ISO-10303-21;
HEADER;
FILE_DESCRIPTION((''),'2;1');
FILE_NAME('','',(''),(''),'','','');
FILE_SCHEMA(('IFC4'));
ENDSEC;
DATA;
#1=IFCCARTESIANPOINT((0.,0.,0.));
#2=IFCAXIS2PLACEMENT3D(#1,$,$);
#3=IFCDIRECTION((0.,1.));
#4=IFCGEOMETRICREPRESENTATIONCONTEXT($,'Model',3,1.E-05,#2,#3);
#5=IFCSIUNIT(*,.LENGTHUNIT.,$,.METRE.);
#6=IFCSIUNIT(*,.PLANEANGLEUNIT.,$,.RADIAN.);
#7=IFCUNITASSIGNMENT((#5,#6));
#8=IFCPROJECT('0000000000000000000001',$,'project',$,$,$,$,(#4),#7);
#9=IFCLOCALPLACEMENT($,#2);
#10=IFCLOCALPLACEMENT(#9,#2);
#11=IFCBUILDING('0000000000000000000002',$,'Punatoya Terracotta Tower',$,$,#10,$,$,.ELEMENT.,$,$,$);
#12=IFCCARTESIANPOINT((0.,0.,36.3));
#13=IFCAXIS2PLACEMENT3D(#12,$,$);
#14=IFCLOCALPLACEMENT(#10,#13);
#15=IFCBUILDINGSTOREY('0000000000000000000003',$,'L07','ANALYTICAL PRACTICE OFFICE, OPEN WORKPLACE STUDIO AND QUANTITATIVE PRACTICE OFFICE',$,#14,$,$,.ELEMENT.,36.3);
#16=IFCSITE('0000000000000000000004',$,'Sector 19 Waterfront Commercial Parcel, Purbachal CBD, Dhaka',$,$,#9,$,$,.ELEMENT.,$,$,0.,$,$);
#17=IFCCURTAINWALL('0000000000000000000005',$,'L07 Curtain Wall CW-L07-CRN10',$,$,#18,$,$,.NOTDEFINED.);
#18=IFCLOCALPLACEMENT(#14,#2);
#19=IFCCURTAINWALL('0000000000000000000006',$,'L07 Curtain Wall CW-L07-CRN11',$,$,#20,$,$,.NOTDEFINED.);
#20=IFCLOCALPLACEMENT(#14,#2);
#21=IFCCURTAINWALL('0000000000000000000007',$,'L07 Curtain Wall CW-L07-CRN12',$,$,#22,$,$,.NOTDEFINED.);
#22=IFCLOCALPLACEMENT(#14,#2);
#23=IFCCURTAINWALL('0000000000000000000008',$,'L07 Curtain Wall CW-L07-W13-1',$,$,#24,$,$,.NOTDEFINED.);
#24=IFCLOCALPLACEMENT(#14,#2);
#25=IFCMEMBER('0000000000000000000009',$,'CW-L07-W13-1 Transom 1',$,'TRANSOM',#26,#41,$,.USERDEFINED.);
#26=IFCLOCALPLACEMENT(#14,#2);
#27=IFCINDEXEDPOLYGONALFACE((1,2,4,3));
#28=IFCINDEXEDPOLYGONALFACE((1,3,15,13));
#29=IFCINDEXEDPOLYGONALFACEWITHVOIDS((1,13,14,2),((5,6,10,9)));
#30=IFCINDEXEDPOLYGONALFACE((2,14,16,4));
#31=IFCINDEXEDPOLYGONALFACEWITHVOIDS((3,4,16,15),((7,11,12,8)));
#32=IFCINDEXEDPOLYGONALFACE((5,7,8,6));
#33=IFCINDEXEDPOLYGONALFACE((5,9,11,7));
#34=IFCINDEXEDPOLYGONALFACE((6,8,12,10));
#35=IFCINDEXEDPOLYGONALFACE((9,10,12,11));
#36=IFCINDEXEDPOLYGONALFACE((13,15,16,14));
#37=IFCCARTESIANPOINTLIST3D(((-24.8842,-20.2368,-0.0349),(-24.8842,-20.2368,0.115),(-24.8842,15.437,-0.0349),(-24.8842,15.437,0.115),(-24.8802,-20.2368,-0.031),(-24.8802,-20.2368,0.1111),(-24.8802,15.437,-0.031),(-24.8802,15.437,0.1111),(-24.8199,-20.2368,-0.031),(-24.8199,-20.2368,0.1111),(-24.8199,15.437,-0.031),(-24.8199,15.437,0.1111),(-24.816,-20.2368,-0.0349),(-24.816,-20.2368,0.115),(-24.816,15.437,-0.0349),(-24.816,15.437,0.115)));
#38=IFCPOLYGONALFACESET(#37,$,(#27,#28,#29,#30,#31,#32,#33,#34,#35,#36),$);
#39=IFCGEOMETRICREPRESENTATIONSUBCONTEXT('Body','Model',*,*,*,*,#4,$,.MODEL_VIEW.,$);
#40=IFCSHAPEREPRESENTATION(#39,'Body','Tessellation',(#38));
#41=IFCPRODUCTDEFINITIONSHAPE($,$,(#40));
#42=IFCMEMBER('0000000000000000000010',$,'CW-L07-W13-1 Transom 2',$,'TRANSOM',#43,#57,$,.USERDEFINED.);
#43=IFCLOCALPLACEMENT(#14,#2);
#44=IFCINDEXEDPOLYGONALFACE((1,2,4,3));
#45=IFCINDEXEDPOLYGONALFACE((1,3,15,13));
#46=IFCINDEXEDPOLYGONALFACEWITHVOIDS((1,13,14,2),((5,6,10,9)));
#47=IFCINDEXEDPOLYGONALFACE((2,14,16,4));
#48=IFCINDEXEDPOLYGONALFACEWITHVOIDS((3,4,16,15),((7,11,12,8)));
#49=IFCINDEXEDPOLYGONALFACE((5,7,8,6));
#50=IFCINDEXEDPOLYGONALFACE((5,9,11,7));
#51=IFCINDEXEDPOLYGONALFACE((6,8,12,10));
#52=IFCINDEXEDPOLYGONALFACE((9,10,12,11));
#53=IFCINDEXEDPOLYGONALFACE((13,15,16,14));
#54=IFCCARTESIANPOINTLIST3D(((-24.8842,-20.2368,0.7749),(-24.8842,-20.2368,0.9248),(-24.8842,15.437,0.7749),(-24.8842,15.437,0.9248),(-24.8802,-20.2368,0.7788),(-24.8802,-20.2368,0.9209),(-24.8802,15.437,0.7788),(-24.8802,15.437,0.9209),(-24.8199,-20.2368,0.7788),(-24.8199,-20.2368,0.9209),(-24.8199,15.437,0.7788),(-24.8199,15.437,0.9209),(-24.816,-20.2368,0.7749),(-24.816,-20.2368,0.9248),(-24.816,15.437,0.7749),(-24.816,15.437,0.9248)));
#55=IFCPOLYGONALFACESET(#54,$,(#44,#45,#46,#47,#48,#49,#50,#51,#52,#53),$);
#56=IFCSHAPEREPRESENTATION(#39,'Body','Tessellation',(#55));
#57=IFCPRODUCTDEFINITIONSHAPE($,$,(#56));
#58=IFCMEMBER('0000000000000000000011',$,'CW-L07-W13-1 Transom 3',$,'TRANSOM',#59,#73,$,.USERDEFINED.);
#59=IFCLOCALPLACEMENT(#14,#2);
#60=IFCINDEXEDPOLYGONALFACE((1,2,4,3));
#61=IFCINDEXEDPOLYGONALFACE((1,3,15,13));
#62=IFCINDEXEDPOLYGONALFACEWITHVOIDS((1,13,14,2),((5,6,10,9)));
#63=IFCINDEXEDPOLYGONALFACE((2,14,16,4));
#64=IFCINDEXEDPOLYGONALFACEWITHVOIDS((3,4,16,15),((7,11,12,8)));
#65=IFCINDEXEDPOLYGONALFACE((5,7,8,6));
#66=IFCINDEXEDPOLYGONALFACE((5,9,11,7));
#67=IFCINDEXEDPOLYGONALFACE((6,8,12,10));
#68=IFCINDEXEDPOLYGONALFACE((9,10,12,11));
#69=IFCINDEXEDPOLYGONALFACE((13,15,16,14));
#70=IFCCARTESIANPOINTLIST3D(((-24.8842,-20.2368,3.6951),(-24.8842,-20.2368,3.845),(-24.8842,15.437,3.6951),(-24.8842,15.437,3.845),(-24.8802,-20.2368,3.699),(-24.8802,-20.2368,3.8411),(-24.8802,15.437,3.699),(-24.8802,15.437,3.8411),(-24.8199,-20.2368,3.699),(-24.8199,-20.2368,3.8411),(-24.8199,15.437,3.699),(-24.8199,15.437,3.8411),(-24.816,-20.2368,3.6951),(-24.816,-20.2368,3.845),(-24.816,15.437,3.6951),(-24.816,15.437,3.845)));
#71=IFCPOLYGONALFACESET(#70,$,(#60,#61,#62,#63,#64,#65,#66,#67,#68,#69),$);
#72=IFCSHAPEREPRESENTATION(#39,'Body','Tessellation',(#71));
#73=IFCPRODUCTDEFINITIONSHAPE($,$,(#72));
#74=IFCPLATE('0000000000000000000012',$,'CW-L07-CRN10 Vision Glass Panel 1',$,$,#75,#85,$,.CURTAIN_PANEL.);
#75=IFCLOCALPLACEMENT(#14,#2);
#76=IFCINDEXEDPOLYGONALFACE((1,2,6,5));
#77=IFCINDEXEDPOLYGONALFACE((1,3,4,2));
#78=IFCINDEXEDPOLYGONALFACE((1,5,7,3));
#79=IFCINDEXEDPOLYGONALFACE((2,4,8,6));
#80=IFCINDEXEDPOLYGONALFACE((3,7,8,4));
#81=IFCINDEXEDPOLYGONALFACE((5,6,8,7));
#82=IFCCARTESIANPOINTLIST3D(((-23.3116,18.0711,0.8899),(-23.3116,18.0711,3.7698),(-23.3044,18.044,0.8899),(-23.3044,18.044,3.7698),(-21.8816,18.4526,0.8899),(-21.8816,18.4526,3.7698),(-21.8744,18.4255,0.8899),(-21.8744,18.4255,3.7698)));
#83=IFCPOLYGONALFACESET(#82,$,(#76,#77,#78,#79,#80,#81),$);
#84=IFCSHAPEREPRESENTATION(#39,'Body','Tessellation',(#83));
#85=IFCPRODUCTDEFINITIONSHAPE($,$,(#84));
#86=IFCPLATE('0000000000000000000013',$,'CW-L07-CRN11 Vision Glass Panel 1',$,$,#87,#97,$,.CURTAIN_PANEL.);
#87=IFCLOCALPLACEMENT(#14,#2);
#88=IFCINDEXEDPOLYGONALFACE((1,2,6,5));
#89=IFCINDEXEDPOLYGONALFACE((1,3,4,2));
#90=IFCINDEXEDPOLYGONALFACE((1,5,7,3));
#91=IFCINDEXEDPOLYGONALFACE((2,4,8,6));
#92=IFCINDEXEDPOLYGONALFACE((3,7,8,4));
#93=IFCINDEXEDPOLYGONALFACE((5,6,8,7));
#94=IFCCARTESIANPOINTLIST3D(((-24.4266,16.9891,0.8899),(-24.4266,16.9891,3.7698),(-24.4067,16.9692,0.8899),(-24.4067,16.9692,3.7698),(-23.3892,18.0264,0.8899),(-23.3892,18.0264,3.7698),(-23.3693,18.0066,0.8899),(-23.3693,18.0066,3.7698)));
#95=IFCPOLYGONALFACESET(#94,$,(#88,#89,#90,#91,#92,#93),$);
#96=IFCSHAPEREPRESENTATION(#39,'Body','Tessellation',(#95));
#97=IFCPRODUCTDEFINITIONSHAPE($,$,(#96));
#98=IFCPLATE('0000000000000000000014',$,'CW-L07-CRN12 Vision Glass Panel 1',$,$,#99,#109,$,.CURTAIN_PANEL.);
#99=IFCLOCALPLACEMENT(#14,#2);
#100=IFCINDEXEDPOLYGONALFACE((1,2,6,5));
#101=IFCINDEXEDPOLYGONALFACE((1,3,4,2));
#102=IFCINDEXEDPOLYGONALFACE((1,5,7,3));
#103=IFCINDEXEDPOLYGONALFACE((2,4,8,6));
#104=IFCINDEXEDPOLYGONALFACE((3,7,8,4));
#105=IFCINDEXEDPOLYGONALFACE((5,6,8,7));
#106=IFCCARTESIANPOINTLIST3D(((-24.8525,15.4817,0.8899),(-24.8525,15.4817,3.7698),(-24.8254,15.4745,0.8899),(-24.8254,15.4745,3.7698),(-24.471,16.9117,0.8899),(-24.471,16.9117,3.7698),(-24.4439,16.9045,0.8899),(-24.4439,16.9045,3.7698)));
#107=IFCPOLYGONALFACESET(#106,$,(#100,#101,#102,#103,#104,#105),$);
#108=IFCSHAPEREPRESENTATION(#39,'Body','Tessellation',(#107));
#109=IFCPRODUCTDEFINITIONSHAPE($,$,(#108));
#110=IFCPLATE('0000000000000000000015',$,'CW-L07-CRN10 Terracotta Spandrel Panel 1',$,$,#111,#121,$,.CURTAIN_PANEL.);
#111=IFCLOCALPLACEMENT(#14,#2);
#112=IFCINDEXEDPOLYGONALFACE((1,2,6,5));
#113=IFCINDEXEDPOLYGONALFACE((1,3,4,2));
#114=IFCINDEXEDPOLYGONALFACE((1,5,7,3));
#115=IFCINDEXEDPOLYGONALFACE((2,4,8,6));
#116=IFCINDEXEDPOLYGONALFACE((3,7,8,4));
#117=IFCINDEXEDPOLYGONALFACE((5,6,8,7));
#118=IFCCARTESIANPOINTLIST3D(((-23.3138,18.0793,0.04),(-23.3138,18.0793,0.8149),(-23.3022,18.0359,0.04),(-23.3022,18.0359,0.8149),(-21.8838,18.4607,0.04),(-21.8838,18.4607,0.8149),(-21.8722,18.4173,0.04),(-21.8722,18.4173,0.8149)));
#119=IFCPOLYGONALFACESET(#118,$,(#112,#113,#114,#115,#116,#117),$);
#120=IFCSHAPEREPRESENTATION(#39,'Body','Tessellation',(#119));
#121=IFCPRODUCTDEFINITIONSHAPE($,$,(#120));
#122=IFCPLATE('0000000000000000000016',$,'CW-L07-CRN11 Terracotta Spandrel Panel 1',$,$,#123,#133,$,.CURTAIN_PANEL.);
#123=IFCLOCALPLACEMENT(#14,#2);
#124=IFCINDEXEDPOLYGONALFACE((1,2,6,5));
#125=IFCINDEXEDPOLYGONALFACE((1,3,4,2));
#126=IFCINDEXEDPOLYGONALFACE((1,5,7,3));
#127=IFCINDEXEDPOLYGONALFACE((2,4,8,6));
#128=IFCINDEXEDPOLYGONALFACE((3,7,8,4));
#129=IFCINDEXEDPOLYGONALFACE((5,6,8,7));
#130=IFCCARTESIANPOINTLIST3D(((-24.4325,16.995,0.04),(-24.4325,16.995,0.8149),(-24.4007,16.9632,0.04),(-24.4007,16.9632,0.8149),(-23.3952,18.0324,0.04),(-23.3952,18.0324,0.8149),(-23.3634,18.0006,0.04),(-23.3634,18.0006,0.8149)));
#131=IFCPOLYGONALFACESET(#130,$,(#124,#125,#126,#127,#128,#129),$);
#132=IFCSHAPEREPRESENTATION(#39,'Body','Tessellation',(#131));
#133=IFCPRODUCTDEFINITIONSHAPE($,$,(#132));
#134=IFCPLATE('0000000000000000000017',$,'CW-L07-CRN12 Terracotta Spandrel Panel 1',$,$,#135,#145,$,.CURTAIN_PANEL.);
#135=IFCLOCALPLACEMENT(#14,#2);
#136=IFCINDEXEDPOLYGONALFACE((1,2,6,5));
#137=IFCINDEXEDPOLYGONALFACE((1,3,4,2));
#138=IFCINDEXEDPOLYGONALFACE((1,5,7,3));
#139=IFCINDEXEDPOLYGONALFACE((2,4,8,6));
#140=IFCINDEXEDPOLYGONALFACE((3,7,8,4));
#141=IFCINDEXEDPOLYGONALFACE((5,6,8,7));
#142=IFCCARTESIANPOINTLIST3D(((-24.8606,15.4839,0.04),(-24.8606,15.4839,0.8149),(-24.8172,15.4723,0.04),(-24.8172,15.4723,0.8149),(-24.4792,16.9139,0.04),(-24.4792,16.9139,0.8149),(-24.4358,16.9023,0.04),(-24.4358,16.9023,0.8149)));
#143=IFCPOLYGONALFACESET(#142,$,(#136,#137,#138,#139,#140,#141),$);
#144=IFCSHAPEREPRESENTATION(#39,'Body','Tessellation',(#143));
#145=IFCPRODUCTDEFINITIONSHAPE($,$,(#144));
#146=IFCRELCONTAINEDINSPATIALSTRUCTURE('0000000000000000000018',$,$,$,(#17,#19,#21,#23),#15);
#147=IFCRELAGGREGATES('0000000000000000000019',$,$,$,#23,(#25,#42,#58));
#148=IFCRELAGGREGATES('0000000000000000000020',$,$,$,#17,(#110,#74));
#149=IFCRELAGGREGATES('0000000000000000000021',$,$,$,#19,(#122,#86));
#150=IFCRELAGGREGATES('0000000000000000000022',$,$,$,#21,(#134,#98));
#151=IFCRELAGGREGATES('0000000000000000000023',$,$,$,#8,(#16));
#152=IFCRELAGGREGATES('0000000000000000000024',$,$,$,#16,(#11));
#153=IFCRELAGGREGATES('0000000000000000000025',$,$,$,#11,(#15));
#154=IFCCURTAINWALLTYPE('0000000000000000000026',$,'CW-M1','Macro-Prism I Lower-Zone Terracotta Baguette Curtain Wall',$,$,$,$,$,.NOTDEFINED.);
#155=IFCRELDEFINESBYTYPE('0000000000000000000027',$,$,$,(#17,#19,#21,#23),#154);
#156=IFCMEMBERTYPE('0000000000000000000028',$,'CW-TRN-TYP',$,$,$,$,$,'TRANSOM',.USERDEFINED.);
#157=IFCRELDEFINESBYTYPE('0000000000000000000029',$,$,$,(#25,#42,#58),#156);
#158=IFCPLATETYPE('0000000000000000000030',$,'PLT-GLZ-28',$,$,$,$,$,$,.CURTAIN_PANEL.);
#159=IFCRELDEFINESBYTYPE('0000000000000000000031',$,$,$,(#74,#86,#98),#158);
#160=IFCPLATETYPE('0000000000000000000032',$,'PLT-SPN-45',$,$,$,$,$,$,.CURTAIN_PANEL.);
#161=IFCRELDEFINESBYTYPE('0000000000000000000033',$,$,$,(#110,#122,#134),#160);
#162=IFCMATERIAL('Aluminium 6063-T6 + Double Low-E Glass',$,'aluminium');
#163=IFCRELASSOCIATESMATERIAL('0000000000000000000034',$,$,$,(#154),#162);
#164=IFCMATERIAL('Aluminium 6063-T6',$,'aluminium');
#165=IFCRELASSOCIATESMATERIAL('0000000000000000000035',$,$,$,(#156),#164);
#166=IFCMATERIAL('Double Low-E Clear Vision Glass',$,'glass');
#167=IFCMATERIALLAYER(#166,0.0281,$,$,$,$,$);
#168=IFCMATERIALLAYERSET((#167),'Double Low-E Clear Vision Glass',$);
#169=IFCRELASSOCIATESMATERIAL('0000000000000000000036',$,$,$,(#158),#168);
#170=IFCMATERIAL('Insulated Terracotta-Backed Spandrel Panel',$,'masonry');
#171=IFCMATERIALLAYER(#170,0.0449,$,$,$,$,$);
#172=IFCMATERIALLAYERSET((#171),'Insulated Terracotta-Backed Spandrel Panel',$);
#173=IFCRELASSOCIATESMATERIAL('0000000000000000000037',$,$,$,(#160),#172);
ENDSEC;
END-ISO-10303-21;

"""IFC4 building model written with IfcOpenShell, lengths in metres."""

from ifc_helpers import new_model, si_unit, direction, frame, origin, origin_2d, place, context, subcontext, project, spatial, rectangle, hollow_rectangle, extrude, material, layer, layer_set, material_profile, profile_set, type_object, element, aggregate, save


model = new_model("IFC4")

# Units and contexts
model_context = context("Model", 3, precision=1e-05, world=origin(), true_north=direction((0.0, 1.0)))
body_context = subcontext(model_context, "Body", "Model", "MODEL_VIEW")
ifc_project = project(units=[si_unit("LENGTHUNIT", "METRE"), si_unit("PLANEANGLEUNIT", "RADIAN")], contexts=[model_context])

# Site, building, storey
site_placement = place(None, origin())
site = spatial("IfcSite", under=ifc_project, at=site_placement, Name="Sector 19 Waterfront Commercial Parcel, Purbachal CBD, Dhaka", CompositionType="ELEMENT", RefElevation=0.0)
building_placement = place(site_placement, origin())
building = spatial("IfcBuilding", under=site, at=building_placement, Name="Punatoya Terracotta Tower", CompositionType="ELEMENT")
storey_placement = place(building_placement, frame((0.0, 0.0, 36.3)))
storey = spatial("IfcBuildingStorey", under=building, at=storey_placement, Name="L07", Description="ANALYTICAL PRACTICE OFFICE, OPEN WORKPLACE STUDIO AND QUANTITATIVE PRACTICE OFFICE", CompositionType="ELEMENT", Elevation=36.3)

# Curtain walls
ifc_material_1 = material(Name="Aluminium 6063-T6 + Double Low-E Glass", Category="aluminium")
curtain_wall_type = type_object("IfcCurtainWallType", Name="CW-M1", Description="Macro-Prism I Lower-Zone Terracotta Baguette Curtain Wall", PredefinedType="NOTDEFINED", material=ifc_material_1)
curtain_wall_1_placement = place(storey_placement, origin())
curtain_wall_1 = element("IfcCurtainWall", 1, at=curtain_wall_1_placement, inside=storey, type_object=curtain_wall_type, Name="L07 Curtain Wall CW-L07-CRN10", PredefinedType="NOTDEFINED")
ifc_material_2 = material(Name="Aluminium 6063-T6", Category="aluminium")
curtain_wall_2_placement = place(storey_placement, origin())
curtain_wall_2 = element("IfcCurtainWall", 2, at=curtain_wall_2_placement, inside=storey, type_object=curtain_wall_type, Name="L07 Curtain Wall CW-L07-CRN11", PredefinedType="NOTDEFINED")
curtain_wall_3_placement = place(storey_placement, origin())
curtain_wall_3 = element("IfcCurtainWall", 3, at=curtain_wall_3_placement, inside=storey, type_object=curtain_wall_type, Name="L07 Curtain Wall CW-L07-CRN12", PredefinedType="NOTDEFINED")

# Curtain wall
curtain_wall_4_placement = place(storey_placement, origin())
curtain_wall_4 = element("IfcCurtainWall", 4, at=curtain_wall_4_placement, inside=storey, type_object=curtain_wall_type, Name="L07 Curtain Wall CW-L07-W13-1", PredefinedType="NOTDEFINED")

# Members
ifc_material_profile_1 = material_profile(ifc_material_2, hollow_rectangle(XDim=0.0681, YDim=0.1499, WallThickness=0.0039, at=origin_2d()))
ifc_profile_set_1 = profile_set([ifc_material_profile_1], Name="Aluminium 6063-T6")
member_type_1 = type_object("IfcMemberType", Name="CW-TRN-TYP", ElementType="TRANSOM", PredefinedType="USERDEFINED", material=ifc_profile_set_1)
member_1_placement = place(storey_placement, frame((-24.8501, 15.437, 0.04), z_axis=(0.0, -1.0, 0.0), x_axis=(1.0, 0.0, 0.0)))
member_1 = element("IfcMember", 5, at=member_1_placement, type_object=member_type_1, Name="CW-L07-W13-1 Transom 1", ObjectType="TRANSOM", PredefinedType="USERDEFINED", context=body_context, shape_type="SweptSolid", body=[
    extrude(hollow_rectangle(XDim=0.0681, YDim=0.1499, WallThickness=0.0039, at=origin_2d()), origin(), (0.0, 0.0, 1.0), 35.6738),
])
member_2_placement = place(storey_placement, frame((-24.8501, 15.437, 0.8499), z_axis=(0.0, -1.0, 0.0), x_axis=(1.0, 0.0, 0.0)))
member_2 = element("IfcMember", 6, at=member_2_placement, type_object=member_type_1, Name="CW-L07-W13-1 Transom 2", ObjectType="TRANSOM", PredefinedType="USERDEFINED", context=body_context, shape_type="SweptSolid", body=[
    extrude(hollow_rectangle(XDim=0.0681, YDim=0.1499, WallThickness=0.0039, at=origin_2d()), origin(), (0.0, 0.0, 1.0), 35.6738),
])
member_3_placement = place(storey_placement, frame((-24.8501, 15.437, 3.77), z_axis=(0.0, -1.0, 0.0), x_axis=(1.0, 0.0, 0.0)))
member_3 = element("IfcMember", 7, at=member_3_placement, type_object=member_type_1, Name="CW-L07-W13-1 Transom 3", ObjectType="TRANSOM", PredefinedType="USERDEFINED", context=body_context, shape_type="SweptSolid", body=[
    extrude(hollow_rectangle(XDim=0.0681, YDim=0.1499, WallThickness=0.0039, at=origin_2d()), origin(), (0.0, 0.0, 1.0), 35.6738),
])
aggregate(curtain_wall_4, [member_1, member_2, member_3])

# Plates
ifc_material_3 = material(Name="Double Low-E Clear Vision Glass", Category="glass")
ifc_layer_1 = layer(ifc_material_3, 0.0281)
ifc_layer_set_1 = layer_set([ifc_layer_1], Name="Double Low-E Clear Vision Glass")
plate_type_1 = type_object("IfcPlateType", Name="PLT-GLZ-28", PredefinedType="CURTAIN_PANEL", material=ifc_layer_set_1)
plate_1_placement = place(storey_placement, frame((-22.593, 18.2483, 0.8899), z_axis=(0.0, 0.0, 1.0), x_axis=(-0.966214, -0.257742, 0.0)))
plate_1 = element("IfcPlate", 8, at=plate_1_placement, type_object=plate_type_1, Name="CW-L07-CRN10 Vision Glass Panel 1", PredefinedType="CURTAIN_PANEL", context=body_context, shape_type="SweptSolid", body=[
    extrude(rectangle(XDim=1.48, YDim=0.0281, at=origin_2d()), origin(), (0.0, 0.0, 1.0), 2.8799),
])
plate_2_placement = place(storey_placement, frame((-23.8979, 17.4978, 0.8899), z_axis=(0.0, 0.0, 1.0), x_axis=(-0.707107, -0.707107, 0.0)))
plate_2 = element("IfcPlate", 9, at=plate_2_placement, type_object=plate_type_1, Name="CW-L07-CRN11 Vision Glass Panel 1", PredefinedType="CURTAIN_PANEL", context=body_context, shape_type="SweptSolid", body=[
    extrude(rectangle(XDim=1.467, YDim=0.0281, at=origin_2d()), origin(), (0.0, 0.0, 1.0), 2.8799),
])
plate_3_placement = place(storey_placement, frame((-24.6482, 16.1931, 0.8899), z_axis=(0.0, 0.0, 1.0), x_axis=(-0.257742, -0.966214, 0.0)))
plate_3 = element("IfcPlate", 10, at=plate_3_placement, type_object=plate_type_1, Name="CW-L07-CRN12 Vision Glass Panel 1", PredefinedType="CURTAIN_PANEL", context=body_context, shape_type="SweptSolid", body=[
    extrude(rectangle(XDim=1.48, YDim=0.0281, at=origin_2d()), origin(), (0.0, 0.0, 1.0), 2.8799),
])
ifc_material_4 = material(Name="Insulated Terracotta-Backed Spandrel Panel", Category="masonry")
ifc_layer_2 = layer(ifc_material_4, 0.0449)
ifc_layer_set_2 = layer_set([ifc_layer_2], Name="Insulated Terracotta-Backed Spandrel Panel")
plate_type_2 = type_object("IfcPlateType", Name="PLT-SPN-45", PredefinedType="CURTAIN_PANEL", material=ifc_layer_set_2)
plate_4_placement = place(storey_placement, frame((-22.593, 18.2483, 0.04), z_axis=(0.0, 0.0, 1.0), x_axis=(-0.966214, -0.257742, 0.0)))
plate_4 = element("IfcPlate", 11, at=plate_4_placement, type_object=plate_type_2, Name="CW-L07-CRN10 Terracotta Spandrel Panel 1", PredefinedType="CURTAIN_PANEL", context=body_context, shape_type="SweptSolid", body=[
    extrude(rectangle(XDim=1.48, YDim=0.0449, at=origin_2d()), origin(), (0.0, 0.0, 1.0), 0.7749),
])
aggregate(curtain_wall_1, [plate_4, plate_1])
plate_5_placement = place(storey_placement, frame((-23.8979, 17.4978, 0.04), z_axis=(0.0, 0.0, 1.0), x_axis=(-0.707107, -0.707107, 0.0)))
plate_5 = element("IfcPlate", 12, at=plate_5_placement, type_object=plate_type_2, Name="CW-L07-CRN11 Terracotta Spandrel Panel 1", PredefinedType="CURTAIN_PANEL", context=body_context, shape_type="SweptSolid", body=[
    extrude(rectangle(XDim=1.467, YDim=0.0449, at=origin_2d()), origin(), (0.0, 0.0, 1.0), 0.7749),
])
aggregate(curtain_wall_2, [plate_5, plate_2])
plate_6_placement = place(storey_placement, frame((-24.6482, 16.1931, 0.04), z_axis=(0.0, 0.0, 1.0), x_axis=(-0.257742, -0.966214, 0.0)))
plate_6 = element("IfcPlate", 13, at=plate_6_placement, type_object=plate_type_2, Name="CW-L07-CRN12 Terracotta Spandrel Panel 1", PredefinedType="CURTAIN_PANEL", context=body_context, shape_type="SweptSolid", body=[
    extrude(rectangle(XDim=1.48, YDim=0.0449, at=origin_2d()), origin(), (0.0, 0.0, 1.0), 0.7749),
])
aggregate(curtain_wall_3, [plate_6, plate_3])

save(model, "model.ifc")
